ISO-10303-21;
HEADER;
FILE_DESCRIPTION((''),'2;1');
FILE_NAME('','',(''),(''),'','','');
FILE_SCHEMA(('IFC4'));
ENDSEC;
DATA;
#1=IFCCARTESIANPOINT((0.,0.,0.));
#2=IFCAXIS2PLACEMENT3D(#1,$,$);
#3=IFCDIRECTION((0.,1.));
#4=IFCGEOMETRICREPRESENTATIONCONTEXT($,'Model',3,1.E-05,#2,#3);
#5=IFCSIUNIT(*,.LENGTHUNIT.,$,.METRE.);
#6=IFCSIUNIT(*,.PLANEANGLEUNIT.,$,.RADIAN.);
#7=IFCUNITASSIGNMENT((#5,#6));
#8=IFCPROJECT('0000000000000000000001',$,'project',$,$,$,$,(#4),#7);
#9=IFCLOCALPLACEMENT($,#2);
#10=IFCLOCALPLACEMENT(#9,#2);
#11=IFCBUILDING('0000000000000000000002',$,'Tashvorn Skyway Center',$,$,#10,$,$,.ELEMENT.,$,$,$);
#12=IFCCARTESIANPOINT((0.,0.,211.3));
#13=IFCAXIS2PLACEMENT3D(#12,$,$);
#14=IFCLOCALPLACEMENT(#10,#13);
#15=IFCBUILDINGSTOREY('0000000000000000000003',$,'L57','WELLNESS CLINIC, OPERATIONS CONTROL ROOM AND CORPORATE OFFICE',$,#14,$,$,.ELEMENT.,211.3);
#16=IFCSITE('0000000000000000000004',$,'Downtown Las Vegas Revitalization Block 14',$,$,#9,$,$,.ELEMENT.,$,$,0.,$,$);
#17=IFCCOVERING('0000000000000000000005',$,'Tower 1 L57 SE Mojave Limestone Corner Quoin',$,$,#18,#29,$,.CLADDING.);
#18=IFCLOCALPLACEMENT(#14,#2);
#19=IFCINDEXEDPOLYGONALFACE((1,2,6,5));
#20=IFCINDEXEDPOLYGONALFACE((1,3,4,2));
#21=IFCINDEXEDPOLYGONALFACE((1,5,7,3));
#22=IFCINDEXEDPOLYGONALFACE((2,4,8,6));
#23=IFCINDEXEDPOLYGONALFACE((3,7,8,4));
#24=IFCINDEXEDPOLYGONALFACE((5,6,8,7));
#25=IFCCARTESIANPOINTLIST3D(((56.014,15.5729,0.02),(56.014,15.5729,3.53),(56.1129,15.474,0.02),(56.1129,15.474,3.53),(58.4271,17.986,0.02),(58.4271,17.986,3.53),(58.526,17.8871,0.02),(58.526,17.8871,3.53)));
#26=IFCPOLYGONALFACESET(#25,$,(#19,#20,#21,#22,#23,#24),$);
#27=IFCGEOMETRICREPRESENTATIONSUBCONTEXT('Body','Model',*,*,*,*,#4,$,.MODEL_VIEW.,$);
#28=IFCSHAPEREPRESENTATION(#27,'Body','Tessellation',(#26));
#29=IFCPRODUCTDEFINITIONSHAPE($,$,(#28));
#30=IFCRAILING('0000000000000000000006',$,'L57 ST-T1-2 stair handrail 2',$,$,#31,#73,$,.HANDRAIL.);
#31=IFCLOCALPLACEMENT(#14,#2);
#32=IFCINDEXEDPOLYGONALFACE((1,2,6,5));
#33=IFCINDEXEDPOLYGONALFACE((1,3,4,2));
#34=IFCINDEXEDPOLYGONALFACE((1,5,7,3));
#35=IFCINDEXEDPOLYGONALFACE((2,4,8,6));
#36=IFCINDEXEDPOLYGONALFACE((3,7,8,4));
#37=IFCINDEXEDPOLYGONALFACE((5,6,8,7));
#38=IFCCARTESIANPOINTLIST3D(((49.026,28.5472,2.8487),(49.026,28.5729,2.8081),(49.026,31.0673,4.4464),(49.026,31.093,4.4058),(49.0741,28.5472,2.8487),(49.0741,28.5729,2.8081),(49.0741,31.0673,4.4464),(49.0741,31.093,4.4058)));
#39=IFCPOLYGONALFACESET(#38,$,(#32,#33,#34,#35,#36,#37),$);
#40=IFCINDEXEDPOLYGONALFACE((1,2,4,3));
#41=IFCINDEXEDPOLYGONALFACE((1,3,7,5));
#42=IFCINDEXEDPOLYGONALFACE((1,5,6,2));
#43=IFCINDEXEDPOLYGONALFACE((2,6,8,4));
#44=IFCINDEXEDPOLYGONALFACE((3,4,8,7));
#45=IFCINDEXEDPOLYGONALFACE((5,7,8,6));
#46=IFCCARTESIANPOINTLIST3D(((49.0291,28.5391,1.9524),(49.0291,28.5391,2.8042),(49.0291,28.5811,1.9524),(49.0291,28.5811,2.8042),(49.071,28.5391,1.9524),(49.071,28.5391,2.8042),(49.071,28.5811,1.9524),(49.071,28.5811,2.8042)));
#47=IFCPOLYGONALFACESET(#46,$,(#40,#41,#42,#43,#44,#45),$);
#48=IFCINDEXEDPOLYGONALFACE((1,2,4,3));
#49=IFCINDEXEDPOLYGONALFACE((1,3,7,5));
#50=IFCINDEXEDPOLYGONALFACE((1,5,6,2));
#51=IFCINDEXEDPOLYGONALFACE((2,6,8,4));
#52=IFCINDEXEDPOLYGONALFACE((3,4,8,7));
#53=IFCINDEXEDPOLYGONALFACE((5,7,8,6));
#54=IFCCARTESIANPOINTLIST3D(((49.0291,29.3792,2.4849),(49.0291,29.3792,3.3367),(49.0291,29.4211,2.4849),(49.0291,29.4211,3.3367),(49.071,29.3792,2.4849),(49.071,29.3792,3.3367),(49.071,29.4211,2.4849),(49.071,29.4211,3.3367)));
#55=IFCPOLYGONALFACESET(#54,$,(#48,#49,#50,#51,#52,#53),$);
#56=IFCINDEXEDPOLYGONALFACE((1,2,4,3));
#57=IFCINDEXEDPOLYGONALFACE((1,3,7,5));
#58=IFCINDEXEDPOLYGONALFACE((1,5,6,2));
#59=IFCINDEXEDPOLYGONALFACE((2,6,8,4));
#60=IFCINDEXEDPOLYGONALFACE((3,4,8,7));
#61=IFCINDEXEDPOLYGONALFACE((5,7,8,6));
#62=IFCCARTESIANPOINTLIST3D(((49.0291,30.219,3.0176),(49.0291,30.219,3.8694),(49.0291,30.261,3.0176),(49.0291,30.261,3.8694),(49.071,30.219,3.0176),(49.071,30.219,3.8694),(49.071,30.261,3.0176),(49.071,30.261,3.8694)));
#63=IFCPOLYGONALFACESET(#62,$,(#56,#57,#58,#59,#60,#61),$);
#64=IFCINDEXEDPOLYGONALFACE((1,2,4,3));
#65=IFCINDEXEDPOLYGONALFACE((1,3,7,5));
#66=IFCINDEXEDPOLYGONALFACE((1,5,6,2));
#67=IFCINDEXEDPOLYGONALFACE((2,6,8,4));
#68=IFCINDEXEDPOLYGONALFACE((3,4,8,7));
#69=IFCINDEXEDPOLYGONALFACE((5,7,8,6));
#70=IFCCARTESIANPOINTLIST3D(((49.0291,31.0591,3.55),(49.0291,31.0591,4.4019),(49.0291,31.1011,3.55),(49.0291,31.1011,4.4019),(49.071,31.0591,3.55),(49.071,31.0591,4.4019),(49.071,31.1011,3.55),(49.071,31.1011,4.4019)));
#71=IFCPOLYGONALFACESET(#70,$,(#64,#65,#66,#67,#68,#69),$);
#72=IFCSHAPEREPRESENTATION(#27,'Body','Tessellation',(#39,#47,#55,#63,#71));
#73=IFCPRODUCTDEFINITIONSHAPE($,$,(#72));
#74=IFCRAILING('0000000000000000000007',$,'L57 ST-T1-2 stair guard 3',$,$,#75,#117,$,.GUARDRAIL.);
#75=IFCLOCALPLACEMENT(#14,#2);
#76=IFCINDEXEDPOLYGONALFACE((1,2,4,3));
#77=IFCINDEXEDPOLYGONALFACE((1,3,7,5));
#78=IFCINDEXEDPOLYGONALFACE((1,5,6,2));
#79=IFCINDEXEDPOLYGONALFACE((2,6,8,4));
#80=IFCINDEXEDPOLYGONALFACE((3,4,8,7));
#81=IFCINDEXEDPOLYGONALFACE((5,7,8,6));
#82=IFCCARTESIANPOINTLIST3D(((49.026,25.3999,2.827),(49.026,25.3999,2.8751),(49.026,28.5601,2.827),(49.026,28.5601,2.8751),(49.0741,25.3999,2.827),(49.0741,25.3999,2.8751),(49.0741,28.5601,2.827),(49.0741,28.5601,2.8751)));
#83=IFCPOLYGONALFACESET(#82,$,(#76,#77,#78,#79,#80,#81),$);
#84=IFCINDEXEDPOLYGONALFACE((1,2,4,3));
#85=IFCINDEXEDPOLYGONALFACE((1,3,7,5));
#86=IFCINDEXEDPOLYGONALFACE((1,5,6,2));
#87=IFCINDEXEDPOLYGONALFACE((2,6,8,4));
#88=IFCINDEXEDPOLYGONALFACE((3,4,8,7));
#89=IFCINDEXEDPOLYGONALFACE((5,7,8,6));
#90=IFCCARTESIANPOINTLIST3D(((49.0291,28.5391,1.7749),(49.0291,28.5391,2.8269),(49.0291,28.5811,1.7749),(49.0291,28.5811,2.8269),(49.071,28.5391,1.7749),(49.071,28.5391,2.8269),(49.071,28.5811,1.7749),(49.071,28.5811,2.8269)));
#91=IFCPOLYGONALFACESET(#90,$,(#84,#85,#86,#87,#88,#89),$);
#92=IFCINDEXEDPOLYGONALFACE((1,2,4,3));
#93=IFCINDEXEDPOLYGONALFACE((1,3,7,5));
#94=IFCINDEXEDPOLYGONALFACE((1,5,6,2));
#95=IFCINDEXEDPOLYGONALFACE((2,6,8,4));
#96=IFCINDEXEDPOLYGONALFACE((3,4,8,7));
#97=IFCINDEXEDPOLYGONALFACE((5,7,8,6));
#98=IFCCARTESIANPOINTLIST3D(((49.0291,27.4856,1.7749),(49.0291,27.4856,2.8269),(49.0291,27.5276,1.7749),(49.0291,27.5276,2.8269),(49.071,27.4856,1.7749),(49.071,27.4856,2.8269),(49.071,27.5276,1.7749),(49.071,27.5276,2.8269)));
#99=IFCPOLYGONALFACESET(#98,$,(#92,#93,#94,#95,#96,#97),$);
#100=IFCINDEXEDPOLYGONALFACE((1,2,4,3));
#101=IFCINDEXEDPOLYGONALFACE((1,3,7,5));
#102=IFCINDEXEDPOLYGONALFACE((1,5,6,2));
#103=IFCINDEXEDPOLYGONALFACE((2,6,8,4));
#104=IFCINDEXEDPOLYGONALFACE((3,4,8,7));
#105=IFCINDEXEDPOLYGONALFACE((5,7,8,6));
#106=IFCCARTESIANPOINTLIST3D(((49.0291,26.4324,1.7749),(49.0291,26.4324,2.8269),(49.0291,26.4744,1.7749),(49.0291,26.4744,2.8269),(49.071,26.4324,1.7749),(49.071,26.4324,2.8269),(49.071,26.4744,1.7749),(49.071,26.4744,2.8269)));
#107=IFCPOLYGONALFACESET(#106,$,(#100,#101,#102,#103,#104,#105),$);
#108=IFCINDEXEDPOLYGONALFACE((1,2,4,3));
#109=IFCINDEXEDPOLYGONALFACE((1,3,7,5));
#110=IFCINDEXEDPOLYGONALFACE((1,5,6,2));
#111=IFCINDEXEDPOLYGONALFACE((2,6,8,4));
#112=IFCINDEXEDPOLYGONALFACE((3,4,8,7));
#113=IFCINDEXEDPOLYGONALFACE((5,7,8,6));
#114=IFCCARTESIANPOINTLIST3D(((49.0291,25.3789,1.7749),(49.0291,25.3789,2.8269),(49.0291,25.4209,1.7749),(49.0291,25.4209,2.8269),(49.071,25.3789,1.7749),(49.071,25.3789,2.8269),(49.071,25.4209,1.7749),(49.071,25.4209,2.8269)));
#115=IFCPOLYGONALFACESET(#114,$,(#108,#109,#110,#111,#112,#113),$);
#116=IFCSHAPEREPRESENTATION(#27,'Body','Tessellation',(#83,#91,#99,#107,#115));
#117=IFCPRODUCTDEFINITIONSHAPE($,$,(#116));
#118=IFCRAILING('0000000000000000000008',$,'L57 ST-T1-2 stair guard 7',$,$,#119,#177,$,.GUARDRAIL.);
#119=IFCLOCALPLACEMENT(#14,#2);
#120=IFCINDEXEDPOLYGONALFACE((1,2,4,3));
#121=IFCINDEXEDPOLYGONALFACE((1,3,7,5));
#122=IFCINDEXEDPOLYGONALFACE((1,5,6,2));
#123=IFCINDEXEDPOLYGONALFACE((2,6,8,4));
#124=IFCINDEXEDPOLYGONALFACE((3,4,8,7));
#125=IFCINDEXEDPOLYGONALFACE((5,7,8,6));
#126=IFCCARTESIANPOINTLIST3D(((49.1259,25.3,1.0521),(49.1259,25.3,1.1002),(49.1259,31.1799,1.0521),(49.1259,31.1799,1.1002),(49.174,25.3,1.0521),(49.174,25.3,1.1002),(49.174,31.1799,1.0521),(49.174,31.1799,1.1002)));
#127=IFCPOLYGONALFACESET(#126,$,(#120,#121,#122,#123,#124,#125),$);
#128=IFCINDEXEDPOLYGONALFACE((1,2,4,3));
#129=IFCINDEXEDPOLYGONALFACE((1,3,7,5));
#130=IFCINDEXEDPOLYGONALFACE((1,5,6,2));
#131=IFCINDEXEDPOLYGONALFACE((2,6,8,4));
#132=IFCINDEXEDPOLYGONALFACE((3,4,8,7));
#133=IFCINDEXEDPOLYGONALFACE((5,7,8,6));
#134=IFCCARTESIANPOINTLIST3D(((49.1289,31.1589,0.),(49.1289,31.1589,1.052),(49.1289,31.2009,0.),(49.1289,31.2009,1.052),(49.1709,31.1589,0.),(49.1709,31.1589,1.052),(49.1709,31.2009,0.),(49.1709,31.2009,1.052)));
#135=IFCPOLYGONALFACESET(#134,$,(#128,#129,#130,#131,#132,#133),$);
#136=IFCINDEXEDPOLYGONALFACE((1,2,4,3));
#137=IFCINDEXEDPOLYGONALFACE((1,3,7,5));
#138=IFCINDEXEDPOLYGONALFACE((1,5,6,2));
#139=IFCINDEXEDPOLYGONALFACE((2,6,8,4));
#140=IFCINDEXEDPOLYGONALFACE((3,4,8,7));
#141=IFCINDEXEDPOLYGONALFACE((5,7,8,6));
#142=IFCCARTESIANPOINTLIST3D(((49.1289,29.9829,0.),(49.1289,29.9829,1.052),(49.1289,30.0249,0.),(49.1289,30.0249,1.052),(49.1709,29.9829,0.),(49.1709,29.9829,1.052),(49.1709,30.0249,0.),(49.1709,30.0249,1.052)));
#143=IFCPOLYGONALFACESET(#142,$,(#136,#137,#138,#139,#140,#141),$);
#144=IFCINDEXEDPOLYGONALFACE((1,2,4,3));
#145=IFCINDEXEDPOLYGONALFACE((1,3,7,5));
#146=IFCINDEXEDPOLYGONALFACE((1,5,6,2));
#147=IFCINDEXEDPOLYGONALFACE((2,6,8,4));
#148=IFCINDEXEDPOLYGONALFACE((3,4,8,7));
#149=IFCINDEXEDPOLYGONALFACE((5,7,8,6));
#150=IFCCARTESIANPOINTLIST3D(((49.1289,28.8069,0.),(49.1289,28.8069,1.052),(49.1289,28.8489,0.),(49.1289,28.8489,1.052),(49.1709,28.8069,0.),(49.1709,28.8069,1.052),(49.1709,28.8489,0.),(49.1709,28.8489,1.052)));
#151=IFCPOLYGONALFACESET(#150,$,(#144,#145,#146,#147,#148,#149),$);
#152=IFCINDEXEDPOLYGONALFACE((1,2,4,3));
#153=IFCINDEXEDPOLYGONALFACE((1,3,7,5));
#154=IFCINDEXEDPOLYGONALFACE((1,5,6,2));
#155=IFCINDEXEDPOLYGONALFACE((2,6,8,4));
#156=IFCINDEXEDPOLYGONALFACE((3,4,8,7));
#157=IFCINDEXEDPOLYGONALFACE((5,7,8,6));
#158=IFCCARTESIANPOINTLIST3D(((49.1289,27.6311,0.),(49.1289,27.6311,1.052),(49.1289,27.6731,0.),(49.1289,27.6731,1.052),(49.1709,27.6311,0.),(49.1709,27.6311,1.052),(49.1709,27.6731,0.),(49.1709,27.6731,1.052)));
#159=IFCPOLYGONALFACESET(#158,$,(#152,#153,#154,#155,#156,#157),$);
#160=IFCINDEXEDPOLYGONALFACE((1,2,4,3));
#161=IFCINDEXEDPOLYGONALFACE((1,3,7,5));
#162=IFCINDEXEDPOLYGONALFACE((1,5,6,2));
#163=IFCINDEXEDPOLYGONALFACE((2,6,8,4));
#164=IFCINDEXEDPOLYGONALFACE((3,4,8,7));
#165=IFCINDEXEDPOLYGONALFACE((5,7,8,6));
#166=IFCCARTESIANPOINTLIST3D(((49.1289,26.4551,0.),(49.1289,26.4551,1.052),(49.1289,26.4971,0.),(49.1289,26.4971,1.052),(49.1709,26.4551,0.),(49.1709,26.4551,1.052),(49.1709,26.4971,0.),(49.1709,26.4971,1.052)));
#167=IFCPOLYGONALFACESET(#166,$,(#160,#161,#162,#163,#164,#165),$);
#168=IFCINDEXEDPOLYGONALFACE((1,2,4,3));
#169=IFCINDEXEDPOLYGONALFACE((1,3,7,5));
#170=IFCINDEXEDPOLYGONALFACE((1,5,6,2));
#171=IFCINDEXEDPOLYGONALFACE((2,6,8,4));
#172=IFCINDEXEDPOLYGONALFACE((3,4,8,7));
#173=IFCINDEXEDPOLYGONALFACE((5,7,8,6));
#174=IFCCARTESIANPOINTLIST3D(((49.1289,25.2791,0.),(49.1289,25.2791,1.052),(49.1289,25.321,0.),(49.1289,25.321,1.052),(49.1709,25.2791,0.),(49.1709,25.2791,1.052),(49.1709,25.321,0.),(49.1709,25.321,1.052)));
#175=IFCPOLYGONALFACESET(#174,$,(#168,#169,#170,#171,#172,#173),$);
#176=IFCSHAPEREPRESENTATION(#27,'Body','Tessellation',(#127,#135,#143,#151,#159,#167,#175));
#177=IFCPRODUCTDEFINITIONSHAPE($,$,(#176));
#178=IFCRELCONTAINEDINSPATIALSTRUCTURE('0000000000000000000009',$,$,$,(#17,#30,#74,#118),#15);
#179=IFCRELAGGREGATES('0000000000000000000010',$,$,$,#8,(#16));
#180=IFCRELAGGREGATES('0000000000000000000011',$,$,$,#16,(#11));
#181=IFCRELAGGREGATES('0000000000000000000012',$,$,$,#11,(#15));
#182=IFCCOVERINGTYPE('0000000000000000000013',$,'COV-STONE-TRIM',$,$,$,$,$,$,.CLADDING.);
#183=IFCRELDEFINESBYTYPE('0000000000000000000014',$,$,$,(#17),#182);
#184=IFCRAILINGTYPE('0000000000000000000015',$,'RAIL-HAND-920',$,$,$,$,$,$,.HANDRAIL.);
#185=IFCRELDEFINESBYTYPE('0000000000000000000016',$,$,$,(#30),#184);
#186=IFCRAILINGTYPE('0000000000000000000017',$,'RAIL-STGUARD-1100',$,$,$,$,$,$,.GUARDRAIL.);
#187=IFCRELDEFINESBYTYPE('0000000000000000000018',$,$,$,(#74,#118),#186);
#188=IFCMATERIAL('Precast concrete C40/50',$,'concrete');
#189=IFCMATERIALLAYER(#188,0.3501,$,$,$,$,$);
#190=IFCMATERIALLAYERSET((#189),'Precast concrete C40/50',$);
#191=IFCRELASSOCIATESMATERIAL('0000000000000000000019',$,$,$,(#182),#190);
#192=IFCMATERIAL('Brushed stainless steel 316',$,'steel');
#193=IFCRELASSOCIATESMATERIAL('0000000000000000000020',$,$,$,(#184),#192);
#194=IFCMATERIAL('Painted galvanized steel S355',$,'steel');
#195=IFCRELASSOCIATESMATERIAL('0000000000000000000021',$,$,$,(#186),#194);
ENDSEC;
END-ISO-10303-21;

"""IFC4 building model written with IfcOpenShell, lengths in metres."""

from ifc_helpers import new_model, si_unit, direction, frame, origin, origin_2d, place, context, subcontext, project, spatial, rectangle, extrude, material, layer, layer_set, type_object, element, save


model = new_model("IFC4")

# Units and contexts
model_context = context("Model", 3, precision=1e-05, world=origin(), true_north=direction((0.0, 1.0)))
body_context = subcontext(model_context, "Body", "Model", "MODEL_VIEW")
ifc_project = project(units=[si_unit("LENGTHUNIT", "METRE"), si_unit("PLANEANGLEUNIT", "RADIAN")], contexts=[model_context])

# Site, building, storey
site_placement = place(None, origin())
site = spatial("IfcSite", under=ifc_project, at=site_placement, Name="Downtown Las Vegas Revitalization Block 14", CompositionType="ELEMENT", RefElevation=0.0)
building_placement = place(site_placement, origin())
building = spatial("IfcBuilding", under=site, at=building_placement, Name="Tashvorn Skyway Center", CompositionType="ELEMENT")
storey_placement = place(building_placement, frame((0.0, 0.0, 211.3)))
storey = spatial("IfcBuildingStorey", under=building, at=storey_placement, Name="L57", Description="WELLNESS CLINIC, OPERATIONS CONTROL ROOM AND CORPORATE OFFICE", CompositionType="ELEMENT", Elevation=211.3)

# Covering
ifc_material_1 = material(Name="Precast concrete C40/50", Category="concrete")
ifc_layer_1 = layer(ifc_material_1, 0.3501)
ifc_layer_set_1 = layer_set([ifc_layer_1], Name="Precast concrete C40/50")
covering_type = type_object("IfcCoveringType", Name="COV-STONE-TRIM", PredefinedType="CLADDING", material=ifc_layer_set_1)
covering_placement = place(storey_placement, frame((57.27, 16.73, 0.02), z_axis=(0.0, 0.0, 1.0), x_axis=(0.707107, 0.707107, 0.0)))
element("IfcCovering", 1, at=covering_placement, inside=storey, type_object=covering_type, Name="Tower 1 L57 SE Mojave Limestone Corner Quoin", PredefinedType="CLADDING", context=body_context, shape_type="SweptSolid", body=[
    extrude(rectangle(XDim=3.4126, YDim=0.1399, at=origin_2d()), origin(), (0.0, 0.0, 1.0), 3.51),
])

# Railings
ifc_material_2 = material(Name="Brushed stainless steel 316", Category="steel")
railing_type_1 = type_object("IfcRailingType", Name="RAIL-HAND-920", PredefinedType="HANDRAIL", material=ifc_material_2)
railing_1_placement = place(storey_placement, frame((49.05, 28.5601, 1.9524)))
element("IfcRailing", 2, at=railing_1_placement, inside=storey, type_object=railing_type_1, Name="L57 ST-T1-2 stair handrail 2", PredefinedType="HANDRAIL", context=body_context, shape_type="SweptSolid", body=[
    extrude(rectangle(XDim=0.0481, YDim=0.0481, at=origin_2d()), frame((0.0, 0.0, 0.876), z_axis=(0.0, 0.84457, 0.535445), x_axis=(-1.0, 0.0, 0.0)), (0.0, 0.0, 1.0), 2.9839),
    extrude(rectangle(XDim=0.042, YDim=0.042, at=origin_2d()), origin(), (0.0, 0.0, 1.0), 0.8518),
    extrude(rectangle(XDim=0.042, YDim=0.042, at=origin_2d()), frame((0.0, 0.8401, 0.5325)), (0.0, 0.0, 1.0), 0.8518),
    extrude(rectangle(XDim=0.042, YDim=0.042, at=origin_2d()), frame((0.0, 1.6799, 1.0652)), (0.0, 0.0, 1.0), 0.8518),
    extrude(rectangle(XDim=0.042, YDim=0.042, at=origin_2d()), frame((0.0, 2.52, 1.5977)), (0.0, 0.0, 1.0), 0.8518),
])
ifc_material_3 = material(Name="Painted galvanized steel S355", Category="steel")
railing_type_2 = type_object("IfcRailingType", Name="RAIL-STGUARD-1100", PredefinedType="GUARDRAIL", material=ifc_material_3)
railing_2_placement = place(storey_placement, frame((49.05, 28.5601, 1.7749)))
element("IfcRailing", 3, at=railing_2_placement, inside=storey, type_object=railing_type_2, Name="L57 ST-T1-2 stair guard 3", PredefinedType="GUARDRAIL", context=body_context, shape_type="SweptSolid", body=[
    extrude(rectangle(XDim=0.0481, YDim=0.0481, at=origin_2d()), frame((0.0, 0.0, 1.0762), z_axis=(0.0, -1.0, 0.0), x_axis=(1.0, 0.0, 0.0)), (0.0, 0.0, 1.0), 3.1602),
    extrude(rectangle(XDim=0.042, YDim=0.042, at=origin_2d()), origin(), (0.0, 0.0, 1.0), 1.052),
    extrude(rectangle(XDim=0.042, YDim=0.042, at=origin_2d()), frame((0.0, -1.0535, 0.0)), (0.0, 0.0, 1.0), 1.052),
    extrude(rectangle(XDim=0.042, YDim=0.042, at=origin_2d()), frame((0.0, -2.1067, 0.0)), (0.0, 0.0, 1.0), 1.052),
    extrude(rectangle(XDim=0.042, YDim=0.042, at=origin_2d()), frame((0.0, -3.1602, 0.0)), (0.0, 0.0, 1.0), 1.052),
])
railing_3_placement = place(storey_placement, frame((49.1499, 31.1799, 0.0)))
element("IfcRailing", 4, at=railing_3_placement, inside=storey, type_object=railing_type_2, Name="L57 ST-T1-2 stair guard 7", PredefinedType="GUARDRAIL", context=body_context, shape_type="SweptSolid", body=[
    extrude(rectangle(XDim=0.0481, YDim=0.0481, at=origin_2d()), frame((0.0, 0.0, 1.0762), z_axis=(0.0, -1.0, 0.0), x_axis=(1.0, 0.0, 0.0)), (0.0, 0.0, 1.0), 5.8799),
    extrude(rectangle(XDim=0.042, YDim=0.042, at=origin_2d()), origin(), (0.0, 0.0, 1.0), 1.052),
    extrude(rectangle(XDim=0.042, YDim=0.042, at=origin_2d()), frame((0.0, -1.176, 0.0)), (0.0, 0.0, 1.0), 1.052),
    extrude(rectangle(XDim=0.042, YDim=0.042, at=origin_2d()), frame((0.0, -2.3521, 0.0)), (0.0, 0.0, 1.0), 1.052),
    extrude(rectangle(XDim=0.042, YDim=0.042, at=origin_2d()), frame((0.0, -3.5278, 0.0)), (0.0, 0.0, 1.0), 1.052),
    extrude(rectangle(XDim=0.042, YDim=0.042, at=origin_2d()), frame((0.0, -4.7039, 0.0)), (0.0, 0.0, 1.0), 1.052),
    extrude(rectangle(XDim=0.042, YDim=0.042, at=origin_2d()), frame((0.0, -5.8799, 0.0)), (0.0, 0.0, 1.0), 1.052),
])

save(model, "model.ifc")
